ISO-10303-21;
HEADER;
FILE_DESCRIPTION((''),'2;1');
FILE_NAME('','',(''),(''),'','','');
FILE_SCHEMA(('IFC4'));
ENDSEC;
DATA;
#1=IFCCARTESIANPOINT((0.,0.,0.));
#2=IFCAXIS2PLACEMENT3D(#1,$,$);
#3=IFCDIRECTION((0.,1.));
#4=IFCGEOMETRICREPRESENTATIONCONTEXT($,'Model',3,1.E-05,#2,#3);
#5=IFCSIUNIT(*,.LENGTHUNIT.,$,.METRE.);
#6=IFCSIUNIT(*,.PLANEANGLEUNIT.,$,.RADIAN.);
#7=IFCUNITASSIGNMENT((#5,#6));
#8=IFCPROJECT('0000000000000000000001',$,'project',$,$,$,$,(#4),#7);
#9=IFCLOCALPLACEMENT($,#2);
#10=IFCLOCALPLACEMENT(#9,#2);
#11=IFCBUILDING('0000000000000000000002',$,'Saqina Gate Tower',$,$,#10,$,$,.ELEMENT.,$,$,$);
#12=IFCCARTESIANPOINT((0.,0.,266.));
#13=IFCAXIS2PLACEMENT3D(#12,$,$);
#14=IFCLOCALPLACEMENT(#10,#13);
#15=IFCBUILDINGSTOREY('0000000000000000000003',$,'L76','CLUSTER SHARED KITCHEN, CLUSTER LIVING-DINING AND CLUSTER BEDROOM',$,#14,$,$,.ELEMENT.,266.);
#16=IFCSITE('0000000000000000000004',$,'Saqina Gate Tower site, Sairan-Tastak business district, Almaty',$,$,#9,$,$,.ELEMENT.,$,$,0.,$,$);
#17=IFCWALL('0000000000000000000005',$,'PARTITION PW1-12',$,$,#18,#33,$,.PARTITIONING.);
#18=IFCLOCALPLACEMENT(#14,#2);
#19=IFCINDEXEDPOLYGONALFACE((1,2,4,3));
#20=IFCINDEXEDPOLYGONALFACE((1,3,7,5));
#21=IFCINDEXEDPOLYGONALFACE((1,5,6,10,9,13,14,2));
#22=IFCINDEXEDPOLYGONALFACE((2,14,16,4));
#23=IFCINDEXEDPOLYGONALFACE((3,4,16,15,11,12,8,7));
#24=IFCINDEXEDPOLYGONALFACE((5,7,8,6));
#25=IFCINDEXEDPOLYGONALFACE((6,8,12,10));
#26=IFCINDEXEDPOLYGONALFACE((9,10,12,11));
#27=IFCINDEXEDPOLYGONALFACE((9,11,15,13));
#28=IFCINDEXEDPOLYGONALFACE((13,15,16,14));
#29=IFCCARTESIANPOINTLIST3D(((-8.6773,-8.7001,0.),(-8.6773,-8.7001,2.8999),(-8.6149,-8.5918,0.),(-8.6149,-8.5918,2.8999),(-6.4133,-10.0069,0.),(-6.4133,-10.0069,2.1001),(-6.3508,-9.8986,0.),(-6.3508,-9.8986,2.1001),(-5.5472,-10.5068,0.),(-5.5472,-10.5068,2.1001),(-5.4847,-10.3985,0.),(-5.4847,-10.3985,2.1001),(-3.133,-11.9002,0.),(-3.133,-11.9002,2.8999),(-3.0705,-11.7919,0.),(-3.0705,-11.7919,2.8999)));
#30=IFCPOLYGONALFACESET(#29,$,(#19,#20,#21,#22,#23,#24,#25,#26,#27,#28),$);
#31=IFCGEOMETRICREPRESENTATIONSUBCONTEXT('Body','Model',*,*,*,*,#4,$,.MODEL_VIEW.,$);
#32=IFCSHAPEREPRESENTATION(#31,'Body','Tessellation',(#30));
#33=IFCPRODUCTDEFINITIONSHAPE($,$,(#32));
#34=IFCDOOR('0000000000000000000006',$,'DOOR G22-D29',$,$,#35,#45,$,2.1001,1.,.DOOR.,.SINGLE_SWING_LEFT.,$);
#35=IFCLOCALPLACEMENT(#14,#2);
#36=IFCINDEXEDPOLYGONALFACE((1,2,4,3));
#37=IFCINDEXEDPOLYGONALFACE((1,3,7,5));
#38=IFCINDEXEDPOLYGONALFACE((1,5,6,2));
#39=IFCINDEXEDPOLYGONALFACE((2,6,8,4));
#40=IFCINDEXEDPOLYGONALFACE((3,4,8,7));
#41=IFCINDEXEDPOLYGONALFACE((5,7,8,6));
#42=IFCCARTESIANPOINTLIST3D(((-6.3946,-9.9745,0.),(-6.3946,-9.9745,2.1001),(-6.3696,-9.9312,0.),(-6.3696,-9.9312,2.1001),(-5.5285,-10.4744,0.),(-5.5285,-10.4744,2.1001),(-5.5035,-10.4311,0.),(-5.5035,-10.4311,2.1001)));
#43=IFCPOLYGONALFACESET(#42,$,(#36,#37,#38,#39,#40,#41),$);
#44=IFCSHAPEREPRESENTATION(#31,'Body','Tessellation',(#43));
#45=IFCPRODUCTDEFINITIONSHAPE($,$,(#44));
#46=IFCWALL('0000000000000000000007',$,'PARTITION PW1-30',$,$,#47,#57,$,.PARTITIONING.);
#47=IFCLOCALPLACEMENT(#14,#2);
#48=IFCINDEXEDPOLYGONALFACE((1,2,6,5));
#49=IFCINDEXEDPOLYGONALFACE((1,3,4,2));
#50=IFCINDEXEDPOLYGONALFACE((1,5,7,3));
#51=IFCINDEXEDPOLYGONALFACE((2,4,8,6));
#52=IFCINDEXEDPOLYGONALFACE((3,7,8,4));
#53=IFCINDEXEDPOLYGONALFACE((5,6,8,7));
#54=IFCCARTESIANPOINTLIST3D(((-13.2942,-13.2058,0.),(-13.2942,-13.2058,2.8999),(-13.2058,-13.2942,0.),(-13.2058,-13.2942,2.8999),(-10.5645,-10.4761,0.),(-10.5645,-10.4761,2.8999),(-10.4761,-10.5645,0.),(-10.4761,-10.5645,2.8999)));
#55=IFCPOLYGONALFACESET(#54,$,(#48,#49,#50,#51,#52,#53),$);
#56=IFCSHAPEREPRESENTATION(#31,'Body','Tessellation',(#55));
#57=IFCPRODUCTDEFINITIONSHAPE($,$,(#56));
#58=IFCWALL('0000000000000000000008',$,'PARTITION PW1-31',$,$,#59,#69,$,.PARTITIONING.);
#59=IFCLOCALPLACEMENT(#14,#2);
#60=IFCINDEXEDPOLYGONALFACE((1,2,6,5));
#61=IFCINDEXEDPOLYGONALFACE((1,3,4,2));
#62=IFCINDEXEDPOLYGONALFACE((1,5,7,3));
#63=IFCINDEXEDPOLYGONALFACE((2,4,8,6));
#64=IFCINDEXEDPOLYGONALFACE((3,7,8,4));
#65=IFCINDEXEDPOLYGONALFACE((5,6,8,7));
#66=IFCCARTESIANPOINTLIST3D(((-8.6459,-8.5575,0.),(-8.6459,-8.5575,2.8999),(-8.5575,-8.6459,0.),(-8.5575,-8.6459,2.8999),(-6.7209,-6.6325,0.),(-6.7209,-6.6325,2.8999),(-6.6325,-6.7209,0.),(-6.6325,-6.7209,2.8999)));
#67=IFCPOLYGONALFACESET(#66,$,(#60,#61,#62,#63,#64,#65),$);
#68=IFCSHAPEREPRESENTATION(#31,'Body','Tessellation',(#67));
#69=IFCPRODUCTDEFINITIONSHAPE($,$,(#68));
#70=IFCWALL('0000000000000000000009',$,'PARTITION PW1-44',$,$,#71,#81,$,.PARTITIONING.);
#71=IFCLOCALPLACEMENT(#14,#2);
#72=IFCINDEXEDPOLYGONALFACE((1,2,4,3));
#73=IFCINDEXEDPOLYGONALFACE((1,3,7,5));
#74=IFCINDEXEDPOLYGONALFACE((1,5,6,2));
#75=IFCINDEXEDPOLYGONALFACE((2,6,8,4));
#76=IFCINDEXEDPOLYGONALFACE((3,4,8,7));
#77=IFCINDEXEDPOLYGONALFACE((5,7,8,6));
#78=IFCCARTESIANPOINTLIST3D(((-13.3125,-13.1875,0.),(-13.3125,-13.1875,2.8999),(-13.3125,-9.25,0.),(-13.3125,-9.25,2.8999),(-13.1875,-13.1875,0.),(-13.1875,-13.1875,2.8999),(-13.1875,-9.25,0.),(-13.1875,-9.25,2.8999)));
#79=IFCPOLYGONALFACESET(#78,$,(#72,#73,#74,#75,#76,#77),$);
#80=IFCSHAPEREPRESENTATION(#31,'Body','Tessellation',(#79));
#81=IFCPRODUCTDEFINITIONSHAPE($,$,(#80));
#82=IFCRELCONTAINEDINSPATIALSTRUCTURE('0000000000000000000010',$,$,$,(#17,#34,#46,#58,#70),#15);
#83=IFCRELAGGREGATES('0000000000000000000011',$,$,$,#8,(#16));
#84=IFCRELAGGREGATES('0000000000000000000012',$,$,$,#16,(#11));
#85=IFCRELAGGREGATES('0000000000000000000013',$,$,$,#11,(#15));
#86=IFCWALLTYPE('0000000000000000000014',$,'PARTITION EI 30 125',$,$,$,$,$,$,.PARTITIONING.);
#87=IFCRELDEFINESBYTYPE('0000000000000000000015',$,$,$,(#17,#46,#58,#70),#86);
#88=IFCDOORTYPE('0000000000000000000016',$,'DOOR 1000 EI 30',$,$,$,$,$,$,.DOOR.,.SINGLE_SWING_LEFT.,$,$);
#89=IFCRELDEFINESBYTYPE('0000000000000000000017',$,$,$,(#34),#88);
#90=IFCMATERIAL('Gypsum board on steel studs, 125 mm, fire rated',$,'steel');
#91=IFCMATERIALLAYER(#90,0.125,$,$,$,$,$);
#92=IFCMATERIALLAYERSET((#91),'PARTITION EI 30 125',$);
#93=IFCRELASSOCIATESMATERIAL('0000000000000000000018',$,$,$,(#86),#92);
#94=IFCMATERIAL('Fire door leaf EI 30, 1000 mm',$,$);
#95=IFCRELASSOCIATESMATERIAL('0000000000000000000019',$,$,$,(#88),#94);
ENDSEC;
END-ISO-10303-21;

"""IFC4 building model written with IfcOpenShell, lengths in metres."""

from ifc_helpers import new_model, si_unit, direction, frame, frame_2d, origin, place, context, subcontext, project, spatial, rectangle, extrude, material, layer, layer_set, type_object, element, fill, save


model = new_model("IFC4")

# Units and contexts
model_context = context("Model", 3, precision=1e-05, world=origin(), true_north=direction((0.0, 1.0)))
body_context = subcontext(model_context, "Body", "Model", "MODEL_VIEW")
ifc_project = project(units=[si_unit("LENGTHUNIT", "METRE"), si_unit("PLANEANGLEUNIT", "RADIAN")], contexts=[model_context])

# Site, building, storey
site_placement = place(None, origin())
site = spatial("IfcSite", under=ifc_project, at=site_placement, Name="Saqina Gate Tower site, Sairan-Tastak business district, Almaty", CompositionType="ELEMENT", RefElevation=0.0)
building_placement = place(site_placement, origin())
building = spatial("IfcBuilding", under=site, at=building_placement, Name="Saqina Gate Tower", CompositionType="ELEMENT")
storey_placement = place(building_placement, frame((0.0, 0.0, 266.0)))
storey = spatial("IfcBuildingStorey", under=building, at=storey_placement, Name="L76", Description="CLUSTER SHARED KITCHEN, CLUSTER LIVING-DINING AND CLUSTER BEDROOM", CompositionType="ELEMENT", Elevation=266.0)

# Shared definitions
ifc_material_1 = material(Name="Gypsum board on steel studs, 125 mm, fire rated", Category="steel")
ifc_layer_1 = layer(ifc_material_1, 0.125)
ifc_layer_set_1 = layer_set([ifc_layer_1], Name="PARTITION EI 30 125")
wall_type_1 = type_object("IfcWallType", Name="PARTITION EI 30 125", PredefinedType="PARTITIONING", material=ifc_layer_set_1)

# Wall, opening, door
wall_1_placement = place(storey_placement, frame((-8.646, -8.646, 0.0), z_axis=(0.0, 0.0, 1.0), x_axis=(0.866085, -0.499896, 0.0)))
wall_1 = element("IfcWall", 1, at=wall_1_placement, inside=storey, type_object=wall_type_1, Name="PARTITION PW1-12", PredefinedType="PARTITIONING", context=body_context, shape_type="SweptSolid", body=[
    extrude(rectangle(XDim=6.4016, YDim=0.125, at=frame_2d((3.2007, 0.0))), origin(), (0.0, 0.0, 1.0), 2.8999),
])
opening_1_placement = place(wall_1_placement, frame((2.614, 0.0, 0.0)))
opening_1 = element("IfcOpeningElement", 2, at=opening_1_placement, cuts=wall_1, PredefinedType="OPENING", context=body_context, shape_type="SweptSolid", body=[
    extrude(rectangle(XDim=1.0, YDim=2.1001, at=frame_2d((0.5, 1.05))), frame((0.0, 0.0745, 0.0), z_axis=(0.0, -1.0, 0.0), x_axis=(1.0, 0.0, 0.0)), (0.0, 0.0, 1.0), 0.1489),
])
ifc_material_2 = material(Name="Fire door leaf EI 30, 1000 mm")
door_type_1 = type_object("IfcDoorType", Name="DOOR 1000 EI 30", OperationType="SINGLE_SWING_LEFT", PredefinedType="DOOR", material=ifc_material_2)
door_1_placement = place(opening_1_placement, origin())
door_1 = element("IfcDoor", 3, at=door_1_placement, inside=storey, type_object=door_type_1, Name="DOOR G22-D29", OperationType="SINGLE_SWING_LEFT", OverallHeight=2.1001, OverallWidth=1.0, PredefinedType="DOOR", context=body_context, shape_type="SweptSolid", body=[
    extrude(rectangle(XDim=1.0, YDim=2.1001, at=frame_2d((0.5, 1.05))), frame((0.0, 0.0249, 0.0), z_axis=(0.0, -1.0, 0.0), x_axis=(1.0, 0.0, 0.0)), (0.0, 0.0, 1.0), 0.05),
])
fill(opening_1, door_1)

# Walls
wall_2_placement = place(storey_placement, frame((-13.25, -13.25, 0.0), z_axis=(0.0, 0.0, 1.0), x_axis=(0.707107, 0.707107, 0.0)))
element("IfcWall", 4, at=wall_2_placement, inside=storey, type_object=wall_type_1, Name="PARTITION PW1-30", PredefinedType="PARTITIONING", context=body_context, shape_type="SweptSolid", body=[
    extrude(rectangle(XDim=3.8604, YDim=0.125, at=frame_2d((1.9302, 0.0))), origin(), (0.0, 0.0, 1.0), 2.8999),
])
wall_3_placement = place(storey_placement, frame((-8.6018, -8.6018, 0.0), z_axis=(0.0, 0.0, 1.0), x_axis=(0.707107, 0.707107, 0.0)))
element("IfcWall", 5, at=wall_3_placement, inside=storey, type_object=wall_type_1, Name="PARTITION PW1-31", PredefinedType="PARTITIONING", context=body_context, shape_type="SweptSolid", body=[
    extrude(rectangle(XDim=2.7224, YDim=0.125, at=frame_2d((1.3613, 0.0))), origin(), (0.0, 0.0, 1.0), 2.8999),
])
wall_4_placement = place(storey_placement, frame((-13.25, -13.1875, 0.0), z_axis=(0.0, 0.0, 1.0), x_axis=(0.0, 1.0, 0.0)))
element("IfcWall", 6, at=wall_4_placement, inside=storey, type_object=wall_type_1, Name="PARTITION PW1-44", PredefinedType="PARTITIONING", context=body_context, shape_type="SweptSolid", body=[
    extrude(rectangle(XDim=3.9375, YDim=0.125, at=frame_2d((1.9688, 0.0))), origin(), (0.0, 0.0, 1.0), 2.8999),
])

save(model, "model.ifc")
